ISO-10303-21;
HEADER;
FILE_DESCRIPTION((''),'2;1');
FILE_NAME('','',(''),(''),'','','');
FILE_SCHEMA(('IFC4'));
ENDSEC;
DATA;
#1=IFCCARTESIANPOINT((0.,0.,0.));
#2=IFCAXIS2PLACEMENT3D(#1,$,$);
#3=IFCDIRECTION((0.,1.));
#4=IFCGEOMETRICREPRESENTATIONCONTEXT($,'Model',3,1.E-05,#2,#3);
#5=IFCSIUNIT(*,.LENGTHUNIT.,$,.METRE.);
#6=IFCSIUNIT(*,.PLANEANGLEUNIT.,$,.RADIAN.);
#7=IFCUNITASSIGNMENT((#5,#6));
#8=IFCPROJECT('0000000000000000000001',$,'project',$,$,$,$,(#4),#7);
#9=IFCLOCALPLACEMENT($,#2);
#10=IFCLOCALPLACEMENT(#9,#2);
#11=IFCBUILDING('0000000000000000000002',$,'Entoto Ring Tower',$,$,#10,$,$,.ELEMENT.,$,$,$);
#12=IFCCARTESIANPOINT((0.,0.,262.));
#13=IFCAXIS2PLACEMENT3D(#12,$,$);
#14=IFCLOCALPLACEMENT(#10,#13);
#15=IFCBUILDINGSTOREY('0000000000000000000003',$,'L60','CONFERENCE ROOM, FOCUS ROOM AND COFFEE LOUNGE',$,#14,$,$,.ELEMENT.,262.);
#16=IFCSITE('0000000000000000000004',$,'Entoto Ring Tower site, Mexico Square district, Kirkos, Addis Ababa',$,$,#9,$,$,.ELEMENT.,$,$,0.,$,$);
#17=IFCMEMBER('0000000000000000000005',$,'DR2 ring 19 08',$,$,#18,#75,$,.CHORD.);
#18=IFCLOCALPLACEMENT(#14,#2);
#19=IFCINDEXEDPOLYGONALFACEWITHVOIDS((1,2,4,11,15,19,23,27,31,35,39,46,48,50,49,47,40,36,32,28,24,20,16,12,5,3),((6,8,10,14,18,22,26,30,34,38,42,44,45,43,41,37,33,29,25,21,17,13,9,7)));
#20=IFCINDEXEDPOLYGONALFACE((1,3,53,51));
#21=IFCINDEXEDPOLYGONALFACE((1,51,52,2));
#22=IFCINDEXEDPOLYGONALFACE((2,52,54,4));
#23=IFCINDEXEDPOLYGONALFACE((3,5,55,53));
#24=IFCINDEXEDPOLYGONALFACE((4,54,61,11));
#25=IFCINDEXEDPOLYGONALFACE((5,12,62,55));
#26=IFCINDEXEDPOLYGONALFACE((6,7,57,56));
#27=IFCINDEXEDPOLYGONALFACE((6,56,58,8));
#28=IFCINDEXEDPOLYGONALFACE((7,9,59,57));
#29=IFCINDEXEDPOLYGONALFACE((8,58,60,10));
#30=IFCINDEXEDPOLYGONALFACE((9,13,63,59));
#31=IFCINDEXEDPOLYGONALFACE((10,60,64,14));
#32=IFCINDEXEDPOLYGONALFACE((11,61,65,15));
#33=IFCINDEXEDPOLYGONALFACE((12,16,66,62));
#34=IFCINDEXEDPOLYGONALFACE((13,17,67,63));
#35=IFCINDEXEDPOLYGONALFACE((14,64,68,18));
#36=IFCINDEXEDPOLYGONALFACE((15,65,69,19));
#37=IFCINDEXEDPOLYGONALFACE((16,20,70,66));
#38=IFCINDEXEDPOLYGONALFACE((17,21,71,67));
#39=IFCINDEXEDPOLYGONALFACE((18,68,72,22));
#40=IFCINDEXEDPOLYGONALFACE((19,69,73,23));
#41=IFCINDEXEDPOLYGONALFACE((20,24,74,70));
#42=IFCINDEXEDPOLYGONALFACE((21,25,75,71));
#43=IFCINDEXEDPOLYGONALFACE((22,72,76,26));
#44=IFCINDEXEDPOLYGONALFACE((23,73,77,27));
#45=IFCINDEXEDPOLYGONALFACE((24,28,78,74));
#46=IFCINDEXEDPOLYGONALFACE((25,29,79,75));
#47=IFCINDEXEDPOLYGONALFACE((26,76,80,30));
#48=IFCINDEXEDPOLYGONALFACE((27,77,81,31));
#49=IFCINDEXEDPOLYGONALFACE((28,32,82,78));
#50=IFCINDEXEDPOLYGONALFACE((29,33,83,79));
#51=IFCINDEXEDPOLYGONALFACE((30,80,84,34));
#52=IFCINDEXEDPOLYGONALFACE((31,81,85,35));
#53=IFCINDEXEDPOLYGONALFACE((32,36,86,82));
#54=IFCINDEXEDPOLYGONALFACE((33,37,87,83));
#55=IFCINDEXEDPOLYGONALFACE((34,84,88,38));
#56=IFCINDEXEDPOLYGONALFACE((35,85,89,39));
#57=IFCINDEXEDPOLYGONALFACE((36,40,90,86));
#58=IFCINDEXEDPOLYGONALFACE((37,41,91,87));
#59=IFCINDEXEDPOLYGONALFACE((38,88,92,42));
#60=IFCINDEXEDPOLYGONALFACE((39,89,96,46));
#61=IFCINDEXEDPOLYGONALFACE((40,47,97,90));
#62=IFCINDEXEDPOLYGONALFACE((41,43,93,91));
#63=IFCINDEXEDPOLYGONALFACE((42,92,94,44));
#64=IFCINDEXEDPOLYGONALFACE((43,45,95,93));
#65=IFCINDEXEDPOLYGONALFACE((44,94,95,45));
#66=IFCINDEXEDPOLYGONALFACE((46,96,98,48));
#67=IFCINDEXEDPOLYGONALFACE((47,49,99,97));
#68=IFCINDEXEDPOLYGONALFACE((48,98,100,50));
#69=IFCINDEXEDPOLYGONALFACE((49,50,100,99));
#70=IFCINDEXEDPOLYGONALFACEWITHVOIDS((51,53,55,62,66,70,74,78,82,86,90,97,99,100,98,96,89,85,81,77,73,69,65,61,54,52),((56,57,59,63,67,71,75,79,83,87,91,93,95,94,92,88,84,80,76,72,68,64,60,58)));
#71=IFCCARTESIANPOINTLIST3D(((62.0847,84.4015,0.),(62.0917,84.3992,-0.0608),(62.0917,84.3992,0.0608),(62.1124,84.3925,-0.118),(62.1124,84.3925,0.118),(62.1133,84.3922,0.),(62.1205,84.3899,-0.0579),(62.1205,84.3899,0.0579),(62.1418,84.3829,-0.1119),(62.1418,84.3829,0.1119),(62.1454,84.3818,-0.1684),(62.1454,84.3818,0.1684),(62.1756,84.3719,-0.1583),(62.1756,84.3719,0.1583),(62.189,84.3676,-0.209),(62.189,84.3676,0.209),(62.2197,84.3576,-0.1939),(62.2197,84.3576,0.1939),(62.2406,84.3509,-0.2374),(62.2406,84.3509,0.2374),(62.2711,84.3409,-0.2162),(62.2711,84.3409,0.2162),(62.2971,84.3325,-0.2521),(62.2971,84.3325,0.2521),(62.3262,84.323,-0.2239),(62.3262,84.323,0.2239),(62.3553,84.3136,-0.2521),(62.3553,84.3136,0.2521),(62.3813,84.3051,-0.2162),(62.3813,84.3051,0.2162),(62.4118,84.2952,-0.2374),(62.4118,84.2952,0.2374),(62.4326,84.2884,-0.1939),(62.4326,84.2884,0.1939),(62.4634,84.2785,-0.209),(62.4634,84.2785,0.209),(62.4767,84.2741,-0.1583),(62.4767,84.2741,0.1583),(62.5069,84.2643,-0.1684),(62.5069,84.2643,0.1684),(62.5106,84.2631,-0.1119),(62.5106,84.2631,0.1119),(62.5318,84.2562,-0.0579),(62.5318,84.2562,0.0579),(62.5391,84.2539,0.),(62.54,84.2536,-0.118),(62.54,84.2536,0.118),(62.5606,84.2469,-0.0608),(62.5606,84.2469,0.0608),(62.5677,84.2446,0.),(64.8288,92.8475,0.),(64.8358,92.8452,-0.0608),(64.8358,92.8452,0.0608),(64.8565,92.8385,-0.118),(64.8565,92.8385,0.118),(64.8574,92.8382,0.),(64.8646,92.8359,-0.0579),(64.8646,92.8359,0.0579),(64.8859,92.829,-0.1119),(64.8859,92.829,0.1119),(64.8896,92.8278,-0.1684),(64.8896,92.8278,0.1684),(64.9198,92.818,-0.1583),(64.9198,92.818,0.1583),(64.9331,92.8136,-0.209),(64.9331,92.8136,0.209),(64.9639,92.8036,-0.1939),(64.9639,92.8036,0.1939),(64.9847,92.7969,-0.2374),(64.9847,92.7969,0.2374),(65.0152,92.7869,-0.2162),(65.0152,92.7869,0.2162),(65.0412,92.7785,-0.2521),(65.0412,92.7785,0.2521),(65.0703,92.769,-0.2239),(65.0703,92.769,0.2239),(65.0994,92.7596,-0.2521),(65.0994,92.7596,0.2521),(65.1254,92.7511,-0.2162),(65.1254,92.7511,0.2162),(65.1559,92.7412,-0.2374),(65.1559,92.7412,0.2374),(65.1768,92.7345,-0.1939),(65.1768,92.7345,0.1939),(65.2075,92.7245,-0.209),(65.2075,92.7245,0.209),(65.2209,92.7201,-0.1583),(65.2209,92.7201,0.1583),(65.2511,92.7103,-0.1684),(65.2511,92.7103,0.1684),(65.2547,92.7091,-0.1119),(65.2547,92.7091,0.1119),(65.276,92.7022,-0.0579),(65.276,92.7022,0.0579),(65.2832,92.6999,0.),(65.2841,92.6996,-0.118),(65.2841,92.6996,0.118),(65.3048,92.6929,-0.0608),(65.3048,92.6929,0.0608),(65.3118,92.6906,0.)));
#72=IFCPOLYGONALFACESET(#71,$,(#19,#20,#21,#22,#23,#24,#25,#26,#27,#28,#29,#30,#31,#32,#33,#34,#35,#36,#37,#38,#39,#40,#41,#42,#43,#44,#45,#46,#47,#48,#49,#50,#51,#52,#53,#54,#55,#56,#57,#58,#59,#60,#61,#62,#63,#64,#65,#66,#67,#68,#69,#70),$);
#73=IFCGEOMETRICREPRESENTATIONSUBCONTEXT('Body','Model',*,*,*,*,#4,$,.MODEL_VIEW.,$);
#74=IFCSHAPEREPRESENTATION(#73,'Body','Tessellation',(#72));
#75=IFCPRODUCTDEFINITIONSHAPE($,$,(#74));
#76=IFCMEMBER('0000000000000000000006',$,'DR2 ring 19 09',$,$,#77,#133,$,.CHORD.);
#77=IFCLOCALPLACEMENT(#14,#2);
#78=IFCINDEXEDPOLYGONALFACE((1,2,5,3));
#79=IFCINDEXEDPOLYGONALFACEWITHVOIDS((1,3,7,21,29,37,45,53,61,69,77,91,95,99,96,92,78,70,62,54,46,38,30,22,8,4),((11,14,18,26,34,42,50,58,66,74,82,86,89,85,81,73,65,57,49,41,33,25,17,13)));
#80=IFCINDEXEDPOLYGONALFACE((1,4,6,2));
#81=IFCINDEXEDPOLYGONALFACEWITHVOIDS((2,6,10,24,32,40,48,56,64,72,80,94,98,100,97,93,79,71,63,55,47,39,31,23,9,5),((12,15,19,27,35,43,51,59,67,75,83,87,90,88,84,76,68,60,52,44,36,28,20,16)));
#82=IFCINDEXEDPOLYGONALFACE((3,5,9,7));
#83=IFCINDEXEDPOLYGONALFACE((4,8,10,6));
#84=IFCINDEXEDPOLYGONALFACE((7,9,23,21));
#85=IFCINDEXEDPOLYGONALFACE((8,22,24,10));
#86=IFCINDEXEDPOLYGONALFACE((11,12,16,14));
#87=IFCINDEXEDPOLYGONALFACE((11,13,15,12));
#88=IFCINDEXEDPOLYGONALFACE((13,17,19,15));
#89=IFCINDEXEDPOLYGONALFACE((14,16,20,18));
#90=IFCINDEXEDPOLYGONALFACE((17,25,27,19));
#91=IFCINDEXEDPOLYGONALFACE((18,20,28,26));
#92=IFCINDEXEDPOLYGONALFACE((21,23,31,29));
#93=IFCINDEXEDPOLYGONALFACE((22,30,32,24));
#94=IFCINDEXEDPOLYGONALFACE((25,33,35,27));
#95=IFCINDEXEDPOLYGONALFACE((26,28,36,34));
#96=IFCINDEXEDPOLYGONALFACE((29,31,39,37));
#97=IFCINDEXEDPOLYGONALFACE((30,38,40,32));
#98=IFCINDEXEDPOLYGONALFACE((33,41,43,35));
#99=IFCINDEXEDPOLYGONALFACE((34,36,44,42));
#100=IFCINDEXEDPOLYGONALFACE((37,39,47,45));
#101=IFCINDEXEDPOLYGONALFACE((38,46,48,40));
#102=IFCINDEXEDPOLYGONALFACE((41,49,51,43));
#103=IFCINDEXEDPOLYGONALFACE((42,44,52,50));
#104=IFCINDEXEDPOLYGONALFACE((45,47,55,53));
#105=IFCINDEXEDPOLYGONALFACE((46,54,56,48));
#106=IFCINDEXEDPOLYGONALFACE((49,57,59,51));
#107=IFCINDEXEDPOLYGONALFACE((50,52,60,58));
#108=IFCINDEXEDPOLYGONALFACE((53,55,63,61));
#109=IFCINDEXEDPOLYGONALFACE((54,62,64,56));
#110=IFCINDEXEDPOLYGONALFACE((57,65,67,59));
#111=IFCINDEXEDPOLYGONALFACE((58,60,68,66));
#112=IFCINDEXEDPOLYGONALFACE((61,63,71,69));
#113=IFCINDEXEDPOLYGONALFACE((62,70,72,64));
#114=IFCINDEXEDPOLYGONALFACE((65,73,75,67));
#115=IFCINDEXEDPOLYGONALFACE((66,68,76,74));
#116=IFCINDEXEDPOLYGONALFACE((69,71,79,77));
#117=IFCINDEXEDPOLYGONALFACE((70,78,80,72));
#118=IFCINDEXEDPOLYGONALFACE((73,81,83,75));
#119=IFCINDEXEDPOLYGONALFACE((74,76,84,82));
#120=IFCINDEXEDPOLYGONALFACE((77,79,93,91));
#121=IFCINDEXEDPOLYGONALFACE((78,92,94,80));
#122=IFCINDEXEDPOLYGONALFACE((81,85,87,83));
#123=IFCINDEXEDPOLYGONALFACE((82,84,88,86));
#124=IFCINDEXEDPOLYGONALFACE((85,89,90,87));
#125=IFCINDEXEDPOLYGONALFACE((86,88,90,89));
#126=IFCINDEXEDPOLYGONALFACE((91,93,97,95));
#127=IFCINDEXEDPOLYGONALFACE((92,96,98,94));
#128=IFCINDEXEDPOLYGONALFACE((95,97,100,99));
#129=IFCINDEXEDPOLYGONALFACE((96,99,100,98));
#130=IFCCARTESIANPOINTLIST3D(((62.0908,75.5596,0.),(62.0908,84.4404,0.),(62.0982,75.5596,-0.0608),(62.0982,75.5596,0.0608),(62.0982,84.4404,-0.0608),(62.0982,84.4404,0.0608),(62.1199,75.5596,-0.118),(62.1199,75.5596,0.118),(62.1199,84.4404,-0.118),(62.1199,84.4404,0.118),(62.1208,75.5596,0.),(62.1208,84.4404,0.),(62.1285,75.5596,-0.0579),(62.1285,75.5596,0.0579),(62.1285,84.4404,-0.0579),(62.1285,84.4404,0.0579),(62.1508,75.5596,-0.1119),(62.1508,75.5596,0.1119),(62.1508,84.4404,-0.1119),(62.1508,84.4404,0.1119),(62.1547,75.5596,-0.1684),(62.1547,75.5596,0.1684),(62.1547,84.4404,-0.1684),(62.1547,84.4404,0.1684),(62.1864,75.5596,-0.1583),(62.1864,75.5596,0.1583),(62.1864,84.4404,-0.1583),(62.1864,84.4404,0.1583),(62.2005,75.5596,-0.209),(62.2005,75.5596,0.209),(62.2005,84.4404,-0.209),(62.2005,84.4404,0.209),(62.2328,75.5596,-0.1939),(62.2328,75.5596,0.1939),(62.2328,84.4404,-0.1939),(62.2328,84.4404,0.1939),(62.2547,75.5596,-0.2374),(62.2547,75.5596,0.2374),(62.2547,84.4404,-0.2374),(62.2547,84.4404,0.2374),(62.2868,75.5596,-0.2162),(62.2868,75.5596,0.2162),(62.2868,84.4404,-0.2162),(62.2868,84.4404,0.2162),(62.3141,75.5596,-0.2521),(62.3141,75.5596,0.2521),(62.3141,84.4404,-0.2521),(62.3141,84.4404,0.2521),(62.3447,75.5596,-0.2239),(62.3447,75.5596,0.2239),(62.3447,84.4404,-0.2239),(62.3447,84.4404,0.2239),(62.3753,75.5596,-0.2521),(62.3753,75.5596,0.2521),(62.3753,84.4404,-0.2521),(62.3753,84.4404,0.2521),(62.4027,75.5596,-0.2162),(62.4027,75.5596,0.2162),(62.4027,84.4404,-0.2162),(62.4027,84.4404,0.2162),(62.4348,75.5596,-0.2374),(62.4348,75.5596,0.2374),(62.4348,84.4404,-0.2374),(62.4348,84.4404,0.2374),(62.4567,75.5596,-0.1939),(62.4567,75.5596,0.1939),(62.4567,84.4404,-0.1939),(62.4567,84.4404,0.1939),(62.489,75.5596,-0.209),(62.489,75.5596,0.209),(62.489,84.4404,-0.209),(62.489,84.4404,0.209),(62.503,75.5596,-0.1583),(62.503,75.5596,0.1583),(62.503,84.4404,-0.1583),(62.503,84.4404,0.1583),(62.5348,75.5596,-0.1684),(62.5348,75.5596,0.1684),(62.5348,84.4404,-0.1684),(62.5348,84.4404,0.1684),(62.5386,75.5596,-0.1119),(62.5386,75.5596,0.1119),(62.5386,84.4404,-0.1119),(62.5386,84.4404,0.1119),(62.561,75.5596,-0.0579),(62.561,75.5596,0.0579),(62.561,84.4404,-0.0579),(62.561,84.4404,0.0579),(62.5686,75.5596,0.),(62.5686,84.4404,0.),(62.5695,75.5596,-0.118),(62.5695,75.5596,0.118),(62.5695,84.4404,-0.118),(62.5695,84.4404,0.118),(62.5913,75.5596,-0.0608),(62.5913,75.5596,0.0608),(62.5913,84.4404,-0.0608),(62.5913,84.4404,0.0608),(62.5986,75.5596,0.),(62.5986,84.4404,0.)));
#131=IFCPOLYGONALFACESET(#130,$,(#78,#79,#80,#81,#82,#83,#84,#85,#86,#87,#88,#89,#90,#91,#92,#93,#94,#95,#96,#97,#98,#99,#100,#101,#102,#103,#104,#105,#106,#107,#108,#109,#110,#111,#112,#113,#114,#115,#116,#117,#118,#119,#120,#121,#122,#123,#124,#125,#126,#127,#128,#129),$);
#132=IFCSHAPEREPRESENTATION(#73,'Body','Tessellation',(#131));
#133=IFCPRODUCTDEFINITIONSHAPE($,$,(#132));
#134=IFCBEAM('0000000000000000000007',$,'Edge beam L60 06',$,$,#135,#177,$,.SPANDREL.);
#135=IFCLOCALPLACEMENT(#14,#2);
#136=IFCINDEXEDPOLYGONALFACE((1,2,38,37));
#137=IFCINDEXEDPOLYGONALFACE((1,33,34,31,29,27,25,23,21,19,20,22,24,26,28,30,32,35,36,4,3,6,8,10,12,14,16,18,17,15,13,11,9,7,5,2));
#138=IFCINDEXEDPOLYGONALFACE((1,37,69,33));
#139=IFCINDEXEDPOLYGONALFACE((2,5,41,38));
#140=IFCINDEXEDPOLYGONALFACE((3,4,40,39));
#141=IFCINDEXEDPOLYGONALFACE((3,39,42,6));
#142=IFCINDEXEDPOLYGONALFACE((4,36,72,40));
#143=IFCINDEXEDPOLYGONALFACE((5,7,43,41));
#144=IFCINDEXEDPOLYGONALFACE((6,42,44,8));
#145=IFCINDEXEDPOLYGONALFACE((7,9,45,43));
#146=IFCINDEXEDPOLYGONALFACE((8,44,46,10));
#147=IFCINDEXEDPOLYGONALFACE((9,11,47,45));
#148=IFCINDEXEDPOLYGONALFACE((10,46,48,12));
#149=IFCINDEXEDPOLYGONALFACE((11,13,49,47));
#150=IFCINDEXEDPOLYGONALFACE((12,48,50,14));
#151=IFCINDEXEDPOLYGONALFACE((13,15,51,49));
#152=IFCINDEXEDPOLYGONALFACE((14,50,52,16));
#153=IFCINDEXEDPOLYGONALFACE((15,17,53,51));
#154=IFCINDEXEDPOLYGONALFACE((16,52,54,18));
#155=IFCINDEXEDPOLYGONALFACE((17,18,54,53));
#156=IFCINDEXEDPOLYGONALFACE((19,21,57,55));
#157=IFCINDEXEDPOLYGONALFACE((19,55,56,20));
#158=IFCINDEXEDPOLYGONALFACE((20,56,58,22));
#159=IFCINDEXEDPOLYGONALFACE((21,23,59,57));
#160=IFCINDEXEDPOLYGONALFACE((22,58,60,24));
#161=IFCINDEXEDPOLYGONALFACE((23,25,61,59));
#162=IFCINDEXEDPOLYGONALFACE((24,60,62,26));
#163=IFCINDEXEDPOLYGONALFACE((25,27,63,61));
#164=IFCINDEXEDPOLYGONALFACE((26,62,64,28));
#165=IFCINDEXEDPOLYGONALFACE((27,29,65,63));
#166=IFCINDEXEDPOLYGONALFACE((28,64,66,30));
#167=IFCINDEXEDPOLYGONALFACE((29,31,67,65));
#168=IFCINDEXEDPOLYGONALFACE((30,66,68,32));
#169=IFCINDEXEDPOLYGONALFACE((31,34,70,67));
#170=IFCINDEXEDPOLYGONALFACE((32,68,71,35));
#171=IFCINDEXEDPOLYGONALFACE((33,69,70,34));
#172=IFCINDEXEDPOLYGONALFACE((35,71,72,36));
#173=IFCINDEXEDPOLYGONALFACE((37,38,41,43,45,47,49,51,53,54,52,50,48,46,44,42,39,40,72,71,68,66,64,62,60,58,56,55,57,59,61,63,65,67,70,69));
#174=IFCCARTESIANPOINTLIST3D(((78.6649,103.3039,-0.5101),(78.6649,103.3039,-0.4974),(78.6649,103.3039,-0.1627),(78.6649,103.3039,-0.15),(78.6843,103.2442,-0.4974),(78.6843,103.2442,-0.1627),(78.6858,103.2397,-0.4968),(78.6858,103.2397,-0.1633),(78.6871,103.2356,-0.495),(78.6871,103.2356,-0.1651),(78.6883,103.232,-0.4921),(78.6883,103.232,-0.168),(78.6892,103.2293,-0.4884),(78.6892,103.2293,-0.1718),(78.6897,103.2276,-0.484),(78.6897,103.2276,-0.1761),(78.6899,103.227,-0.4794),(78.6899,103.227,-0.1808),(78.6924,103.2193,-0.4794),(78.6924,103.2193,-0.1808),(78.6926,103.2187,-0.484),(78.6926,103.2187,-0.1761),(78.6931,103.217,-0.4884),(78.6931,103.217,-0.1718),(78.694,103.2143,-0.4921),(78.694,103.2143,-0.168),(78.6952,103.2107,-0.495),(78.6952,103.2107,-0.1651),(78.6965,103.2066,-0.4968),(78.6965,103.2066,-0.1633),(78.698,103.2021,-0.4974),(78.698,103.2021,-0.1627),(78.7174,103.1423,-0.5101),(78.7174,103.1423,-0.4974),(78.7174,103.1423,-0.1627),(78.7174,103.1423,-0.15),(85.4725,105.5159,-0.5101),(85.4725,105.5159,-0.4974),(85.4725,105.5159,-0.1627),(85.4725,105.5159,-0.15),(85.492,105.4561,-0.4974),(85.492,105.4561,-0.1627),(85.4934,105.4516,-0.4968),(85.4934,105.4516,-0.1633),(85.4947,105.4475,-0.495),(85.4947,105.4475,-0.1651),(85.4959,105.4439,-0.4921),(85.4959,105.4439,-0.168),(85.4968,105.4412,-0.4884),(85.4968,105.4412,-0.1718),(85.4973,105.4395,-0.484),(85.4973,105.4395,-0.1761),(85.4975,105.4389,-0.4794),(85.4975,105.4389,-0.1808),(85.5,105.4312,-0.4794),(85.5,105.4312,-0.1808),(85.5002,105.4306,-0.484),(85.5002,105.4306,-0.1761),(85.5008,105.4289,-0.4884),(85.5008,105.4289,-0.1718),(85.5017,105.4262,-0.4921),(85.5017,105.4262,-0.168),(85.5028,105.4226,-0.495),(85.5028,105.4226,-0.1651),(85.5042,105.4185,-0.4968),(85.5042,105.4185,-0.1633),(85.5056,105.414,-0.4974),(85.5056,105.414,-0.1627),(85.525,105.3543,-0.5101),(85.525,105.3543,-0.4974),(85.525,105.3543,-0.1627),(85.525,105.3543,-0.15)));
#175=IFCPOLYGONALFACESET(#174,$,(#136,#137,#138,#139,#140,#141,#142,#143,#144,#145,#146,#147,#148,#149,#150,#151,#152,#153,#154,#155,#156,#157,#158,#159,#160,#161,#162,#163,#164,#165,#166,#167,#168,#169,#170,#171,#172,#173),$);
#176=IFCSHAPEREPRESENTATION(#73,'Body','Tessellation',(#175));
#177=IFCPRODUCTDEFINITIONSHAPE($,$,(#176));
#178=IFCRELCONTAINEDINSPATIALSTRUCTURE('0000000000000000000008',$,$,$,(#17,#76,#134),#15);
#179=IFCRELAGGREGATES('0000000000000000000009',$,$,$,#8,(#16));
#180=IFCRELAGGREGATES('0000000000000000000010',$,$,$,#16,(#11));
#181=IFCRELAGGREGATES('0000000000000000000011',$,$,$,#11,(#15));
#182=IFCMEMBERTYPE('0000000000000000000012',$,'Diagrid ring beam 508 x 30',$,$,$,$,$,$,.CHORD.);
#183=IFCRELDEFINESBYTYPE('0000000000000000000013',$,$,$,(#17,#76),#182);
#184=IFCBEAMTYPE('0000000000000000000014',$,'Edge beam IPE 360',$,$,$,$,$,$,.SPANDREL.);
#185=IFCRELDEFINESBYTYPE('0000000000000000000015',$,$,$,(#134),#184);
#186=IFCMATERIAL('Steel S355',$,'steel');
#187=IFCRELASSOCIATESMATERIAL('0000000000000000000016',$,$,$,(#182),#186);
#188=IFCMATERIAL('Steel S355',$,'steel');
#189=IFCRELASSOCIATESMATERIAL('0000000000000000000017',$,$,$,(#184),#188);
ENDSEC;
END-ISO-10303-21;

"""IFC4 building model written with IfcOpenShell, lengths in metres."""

from ifc_helpers import new_model, si_unit, direction, frame, origin, origin_2d, place, context, subcontext, project, spatial, circle, hollow_circle, i_section, extrude, material, material_profile, profile_set, type_object, element, save


model = new_model("IFC4")

# Units and contexts
model_context = context("Model", 3, precision=1e-05, world=origin(), true_north=direction((0.0, 1.0)))
body_context = subcontext(model_context, "Body", "Model", "MODEL_VIEW")
ifc_project = project(units=[si_unit("LENGTHUNIT", "METRE"), si_unit("PLANEANGLEUNIT", "RADIAN")], contexts=[model_context])

# Site, building, storey
site_placement = place(None, origin())
site = spatial("IfcSite", under=ifc_project, at=site_placement, Name="Entoto Ring Tower site, Mexico Square district, Kirkos, Addis Ababa", CompositionType="ELEMENT", RefElevation=0.0)
building_placement = place(site_placement, origin())
building = spatial("IfcBuilding", under=site, at=building_placement, Name="Entoto Ring Tower", CompositionType="ELEMENT")
storey_placement = place(building_placement, frame((0.0, 0.0, 262.0)))
storey = spatial("IfcBuildingStorey", under=building, at=storey_placement, Name="L60", Description="CONFERENCE ROOM, FOCUS ROOM AND COFFEE LOUNGE", CompositionType="ELEMENT", Elevation=262.0)

# Members
ifc_material_1 = material(Name="Steel S355", Category="steel")
ifc_material_profile_1 = material_profile(ifc_material_1, hollow_circle(Radius=0.2539, WallThickness=0.03, at=origin_2d()), Name="CHS 508 x 30")
ifc_material_2 = material(Name="Concrete C60/75", Category="concrete")
ifc_material_profile_2 = material_profile(ifc_material_2, circle(Radius=0.2241, at=origin_2d()), Name="Concrete C60/75 infill")
ifc_profile_set_1 = profile_set([ifc_material_profile_1, ifc_material_profile_2], Name="Steel S355")
member_type_1 = type_object("IfcMemberType", Name="Diagrid ring beam 508 x 30", PredefinedType="CHORD", material=ifc_profile_set_1)
for number, where, z_axis, x_axis, name in (
    (1, (65.0703, 92.769, 0.0), (-0.309002, -0.951061, 0.0), (0.951061, -0.309002, 0.0), "DR2 ring 19 08"),
):
    element("IfcMember", number, at=place(storey_placement, frame(where, z_axis=z_axis, x_axis=x_axis)), inside=storey, type_object=member_type_1, Name=name, PredefinedType="CHORD", context=body_context, shape_type="SweptSolid", body=[
        extrude(hollow_circle(Radius=0.2539, WallThickness=0.03, at=origin_2d()), origin(), (0.0, 0.0, 1.0), 8.8806),
    ])
member_placement = place(storey_placement, frame((62.3447, 84.4404, 0.0), z_axis=(0.0, -1.0, 0.0), x_axis=(1.0, 0.0, 0.0)))
element("IfcMember", 2, at=member_placement, inside=storey, type_object=member_type_1, Name="DR2 ring 19 09", PredefinedType="CHORD", context=body_context, shape_type="SweptSolid", body=[
    extrude(hollow_circle(Radius=0.2539, WallThickness=0.03, at=origin_2d()), origin(), (0.0, 0.0, 1.0), 8.8809),
])

# Beam
ifc_material_3 = material(Name="Steel S355", Category="steel")
ifc_material_profile_3 = material_profile(ifc_material_3, i_section(OverallWidth=0.1699, OverallDepth=0.3601, WebThickness=0.0081, FlangeThickness=0.0127, FilletRadius=0.0181, at=origin_2d()), Name="IPE 360")
ifc_profile_set_2 = profile_set([ifc_material_profile_3], Name="Steel S355")
beam_type_1 = type_object("IfcBeamType", Name="Edge beam IPE 360", PredefinedType="SPANDREL", material=ifc_profile_set_2)
beam_1_placement = place(storey_placement, frame((85.4988, 105.4351, -0.3301), z_axis=(-0.951057, -0.309015, 0.0), x_axis=(0.309015, -0.951057, 0.0)))
element("IfcBeam", 3, at=beam_1_placement, inside=storey, type_object=beam_type_1, Name="Edge beam L60 06", PredefinedType="SPANDREL", context=body_context, shape_type="SweptSolid", body=[
    extrude(i_section(OverallWidth=0.1699, OverallDepth=0.3601, WebThickness=0.0081, FlangeThickness=0.0127, FilletRadius=0.0181, at=origin_2d()), origin(), (0.0, 0.0, 1.0), 7.158),
])

save(model, "model.ifc")
